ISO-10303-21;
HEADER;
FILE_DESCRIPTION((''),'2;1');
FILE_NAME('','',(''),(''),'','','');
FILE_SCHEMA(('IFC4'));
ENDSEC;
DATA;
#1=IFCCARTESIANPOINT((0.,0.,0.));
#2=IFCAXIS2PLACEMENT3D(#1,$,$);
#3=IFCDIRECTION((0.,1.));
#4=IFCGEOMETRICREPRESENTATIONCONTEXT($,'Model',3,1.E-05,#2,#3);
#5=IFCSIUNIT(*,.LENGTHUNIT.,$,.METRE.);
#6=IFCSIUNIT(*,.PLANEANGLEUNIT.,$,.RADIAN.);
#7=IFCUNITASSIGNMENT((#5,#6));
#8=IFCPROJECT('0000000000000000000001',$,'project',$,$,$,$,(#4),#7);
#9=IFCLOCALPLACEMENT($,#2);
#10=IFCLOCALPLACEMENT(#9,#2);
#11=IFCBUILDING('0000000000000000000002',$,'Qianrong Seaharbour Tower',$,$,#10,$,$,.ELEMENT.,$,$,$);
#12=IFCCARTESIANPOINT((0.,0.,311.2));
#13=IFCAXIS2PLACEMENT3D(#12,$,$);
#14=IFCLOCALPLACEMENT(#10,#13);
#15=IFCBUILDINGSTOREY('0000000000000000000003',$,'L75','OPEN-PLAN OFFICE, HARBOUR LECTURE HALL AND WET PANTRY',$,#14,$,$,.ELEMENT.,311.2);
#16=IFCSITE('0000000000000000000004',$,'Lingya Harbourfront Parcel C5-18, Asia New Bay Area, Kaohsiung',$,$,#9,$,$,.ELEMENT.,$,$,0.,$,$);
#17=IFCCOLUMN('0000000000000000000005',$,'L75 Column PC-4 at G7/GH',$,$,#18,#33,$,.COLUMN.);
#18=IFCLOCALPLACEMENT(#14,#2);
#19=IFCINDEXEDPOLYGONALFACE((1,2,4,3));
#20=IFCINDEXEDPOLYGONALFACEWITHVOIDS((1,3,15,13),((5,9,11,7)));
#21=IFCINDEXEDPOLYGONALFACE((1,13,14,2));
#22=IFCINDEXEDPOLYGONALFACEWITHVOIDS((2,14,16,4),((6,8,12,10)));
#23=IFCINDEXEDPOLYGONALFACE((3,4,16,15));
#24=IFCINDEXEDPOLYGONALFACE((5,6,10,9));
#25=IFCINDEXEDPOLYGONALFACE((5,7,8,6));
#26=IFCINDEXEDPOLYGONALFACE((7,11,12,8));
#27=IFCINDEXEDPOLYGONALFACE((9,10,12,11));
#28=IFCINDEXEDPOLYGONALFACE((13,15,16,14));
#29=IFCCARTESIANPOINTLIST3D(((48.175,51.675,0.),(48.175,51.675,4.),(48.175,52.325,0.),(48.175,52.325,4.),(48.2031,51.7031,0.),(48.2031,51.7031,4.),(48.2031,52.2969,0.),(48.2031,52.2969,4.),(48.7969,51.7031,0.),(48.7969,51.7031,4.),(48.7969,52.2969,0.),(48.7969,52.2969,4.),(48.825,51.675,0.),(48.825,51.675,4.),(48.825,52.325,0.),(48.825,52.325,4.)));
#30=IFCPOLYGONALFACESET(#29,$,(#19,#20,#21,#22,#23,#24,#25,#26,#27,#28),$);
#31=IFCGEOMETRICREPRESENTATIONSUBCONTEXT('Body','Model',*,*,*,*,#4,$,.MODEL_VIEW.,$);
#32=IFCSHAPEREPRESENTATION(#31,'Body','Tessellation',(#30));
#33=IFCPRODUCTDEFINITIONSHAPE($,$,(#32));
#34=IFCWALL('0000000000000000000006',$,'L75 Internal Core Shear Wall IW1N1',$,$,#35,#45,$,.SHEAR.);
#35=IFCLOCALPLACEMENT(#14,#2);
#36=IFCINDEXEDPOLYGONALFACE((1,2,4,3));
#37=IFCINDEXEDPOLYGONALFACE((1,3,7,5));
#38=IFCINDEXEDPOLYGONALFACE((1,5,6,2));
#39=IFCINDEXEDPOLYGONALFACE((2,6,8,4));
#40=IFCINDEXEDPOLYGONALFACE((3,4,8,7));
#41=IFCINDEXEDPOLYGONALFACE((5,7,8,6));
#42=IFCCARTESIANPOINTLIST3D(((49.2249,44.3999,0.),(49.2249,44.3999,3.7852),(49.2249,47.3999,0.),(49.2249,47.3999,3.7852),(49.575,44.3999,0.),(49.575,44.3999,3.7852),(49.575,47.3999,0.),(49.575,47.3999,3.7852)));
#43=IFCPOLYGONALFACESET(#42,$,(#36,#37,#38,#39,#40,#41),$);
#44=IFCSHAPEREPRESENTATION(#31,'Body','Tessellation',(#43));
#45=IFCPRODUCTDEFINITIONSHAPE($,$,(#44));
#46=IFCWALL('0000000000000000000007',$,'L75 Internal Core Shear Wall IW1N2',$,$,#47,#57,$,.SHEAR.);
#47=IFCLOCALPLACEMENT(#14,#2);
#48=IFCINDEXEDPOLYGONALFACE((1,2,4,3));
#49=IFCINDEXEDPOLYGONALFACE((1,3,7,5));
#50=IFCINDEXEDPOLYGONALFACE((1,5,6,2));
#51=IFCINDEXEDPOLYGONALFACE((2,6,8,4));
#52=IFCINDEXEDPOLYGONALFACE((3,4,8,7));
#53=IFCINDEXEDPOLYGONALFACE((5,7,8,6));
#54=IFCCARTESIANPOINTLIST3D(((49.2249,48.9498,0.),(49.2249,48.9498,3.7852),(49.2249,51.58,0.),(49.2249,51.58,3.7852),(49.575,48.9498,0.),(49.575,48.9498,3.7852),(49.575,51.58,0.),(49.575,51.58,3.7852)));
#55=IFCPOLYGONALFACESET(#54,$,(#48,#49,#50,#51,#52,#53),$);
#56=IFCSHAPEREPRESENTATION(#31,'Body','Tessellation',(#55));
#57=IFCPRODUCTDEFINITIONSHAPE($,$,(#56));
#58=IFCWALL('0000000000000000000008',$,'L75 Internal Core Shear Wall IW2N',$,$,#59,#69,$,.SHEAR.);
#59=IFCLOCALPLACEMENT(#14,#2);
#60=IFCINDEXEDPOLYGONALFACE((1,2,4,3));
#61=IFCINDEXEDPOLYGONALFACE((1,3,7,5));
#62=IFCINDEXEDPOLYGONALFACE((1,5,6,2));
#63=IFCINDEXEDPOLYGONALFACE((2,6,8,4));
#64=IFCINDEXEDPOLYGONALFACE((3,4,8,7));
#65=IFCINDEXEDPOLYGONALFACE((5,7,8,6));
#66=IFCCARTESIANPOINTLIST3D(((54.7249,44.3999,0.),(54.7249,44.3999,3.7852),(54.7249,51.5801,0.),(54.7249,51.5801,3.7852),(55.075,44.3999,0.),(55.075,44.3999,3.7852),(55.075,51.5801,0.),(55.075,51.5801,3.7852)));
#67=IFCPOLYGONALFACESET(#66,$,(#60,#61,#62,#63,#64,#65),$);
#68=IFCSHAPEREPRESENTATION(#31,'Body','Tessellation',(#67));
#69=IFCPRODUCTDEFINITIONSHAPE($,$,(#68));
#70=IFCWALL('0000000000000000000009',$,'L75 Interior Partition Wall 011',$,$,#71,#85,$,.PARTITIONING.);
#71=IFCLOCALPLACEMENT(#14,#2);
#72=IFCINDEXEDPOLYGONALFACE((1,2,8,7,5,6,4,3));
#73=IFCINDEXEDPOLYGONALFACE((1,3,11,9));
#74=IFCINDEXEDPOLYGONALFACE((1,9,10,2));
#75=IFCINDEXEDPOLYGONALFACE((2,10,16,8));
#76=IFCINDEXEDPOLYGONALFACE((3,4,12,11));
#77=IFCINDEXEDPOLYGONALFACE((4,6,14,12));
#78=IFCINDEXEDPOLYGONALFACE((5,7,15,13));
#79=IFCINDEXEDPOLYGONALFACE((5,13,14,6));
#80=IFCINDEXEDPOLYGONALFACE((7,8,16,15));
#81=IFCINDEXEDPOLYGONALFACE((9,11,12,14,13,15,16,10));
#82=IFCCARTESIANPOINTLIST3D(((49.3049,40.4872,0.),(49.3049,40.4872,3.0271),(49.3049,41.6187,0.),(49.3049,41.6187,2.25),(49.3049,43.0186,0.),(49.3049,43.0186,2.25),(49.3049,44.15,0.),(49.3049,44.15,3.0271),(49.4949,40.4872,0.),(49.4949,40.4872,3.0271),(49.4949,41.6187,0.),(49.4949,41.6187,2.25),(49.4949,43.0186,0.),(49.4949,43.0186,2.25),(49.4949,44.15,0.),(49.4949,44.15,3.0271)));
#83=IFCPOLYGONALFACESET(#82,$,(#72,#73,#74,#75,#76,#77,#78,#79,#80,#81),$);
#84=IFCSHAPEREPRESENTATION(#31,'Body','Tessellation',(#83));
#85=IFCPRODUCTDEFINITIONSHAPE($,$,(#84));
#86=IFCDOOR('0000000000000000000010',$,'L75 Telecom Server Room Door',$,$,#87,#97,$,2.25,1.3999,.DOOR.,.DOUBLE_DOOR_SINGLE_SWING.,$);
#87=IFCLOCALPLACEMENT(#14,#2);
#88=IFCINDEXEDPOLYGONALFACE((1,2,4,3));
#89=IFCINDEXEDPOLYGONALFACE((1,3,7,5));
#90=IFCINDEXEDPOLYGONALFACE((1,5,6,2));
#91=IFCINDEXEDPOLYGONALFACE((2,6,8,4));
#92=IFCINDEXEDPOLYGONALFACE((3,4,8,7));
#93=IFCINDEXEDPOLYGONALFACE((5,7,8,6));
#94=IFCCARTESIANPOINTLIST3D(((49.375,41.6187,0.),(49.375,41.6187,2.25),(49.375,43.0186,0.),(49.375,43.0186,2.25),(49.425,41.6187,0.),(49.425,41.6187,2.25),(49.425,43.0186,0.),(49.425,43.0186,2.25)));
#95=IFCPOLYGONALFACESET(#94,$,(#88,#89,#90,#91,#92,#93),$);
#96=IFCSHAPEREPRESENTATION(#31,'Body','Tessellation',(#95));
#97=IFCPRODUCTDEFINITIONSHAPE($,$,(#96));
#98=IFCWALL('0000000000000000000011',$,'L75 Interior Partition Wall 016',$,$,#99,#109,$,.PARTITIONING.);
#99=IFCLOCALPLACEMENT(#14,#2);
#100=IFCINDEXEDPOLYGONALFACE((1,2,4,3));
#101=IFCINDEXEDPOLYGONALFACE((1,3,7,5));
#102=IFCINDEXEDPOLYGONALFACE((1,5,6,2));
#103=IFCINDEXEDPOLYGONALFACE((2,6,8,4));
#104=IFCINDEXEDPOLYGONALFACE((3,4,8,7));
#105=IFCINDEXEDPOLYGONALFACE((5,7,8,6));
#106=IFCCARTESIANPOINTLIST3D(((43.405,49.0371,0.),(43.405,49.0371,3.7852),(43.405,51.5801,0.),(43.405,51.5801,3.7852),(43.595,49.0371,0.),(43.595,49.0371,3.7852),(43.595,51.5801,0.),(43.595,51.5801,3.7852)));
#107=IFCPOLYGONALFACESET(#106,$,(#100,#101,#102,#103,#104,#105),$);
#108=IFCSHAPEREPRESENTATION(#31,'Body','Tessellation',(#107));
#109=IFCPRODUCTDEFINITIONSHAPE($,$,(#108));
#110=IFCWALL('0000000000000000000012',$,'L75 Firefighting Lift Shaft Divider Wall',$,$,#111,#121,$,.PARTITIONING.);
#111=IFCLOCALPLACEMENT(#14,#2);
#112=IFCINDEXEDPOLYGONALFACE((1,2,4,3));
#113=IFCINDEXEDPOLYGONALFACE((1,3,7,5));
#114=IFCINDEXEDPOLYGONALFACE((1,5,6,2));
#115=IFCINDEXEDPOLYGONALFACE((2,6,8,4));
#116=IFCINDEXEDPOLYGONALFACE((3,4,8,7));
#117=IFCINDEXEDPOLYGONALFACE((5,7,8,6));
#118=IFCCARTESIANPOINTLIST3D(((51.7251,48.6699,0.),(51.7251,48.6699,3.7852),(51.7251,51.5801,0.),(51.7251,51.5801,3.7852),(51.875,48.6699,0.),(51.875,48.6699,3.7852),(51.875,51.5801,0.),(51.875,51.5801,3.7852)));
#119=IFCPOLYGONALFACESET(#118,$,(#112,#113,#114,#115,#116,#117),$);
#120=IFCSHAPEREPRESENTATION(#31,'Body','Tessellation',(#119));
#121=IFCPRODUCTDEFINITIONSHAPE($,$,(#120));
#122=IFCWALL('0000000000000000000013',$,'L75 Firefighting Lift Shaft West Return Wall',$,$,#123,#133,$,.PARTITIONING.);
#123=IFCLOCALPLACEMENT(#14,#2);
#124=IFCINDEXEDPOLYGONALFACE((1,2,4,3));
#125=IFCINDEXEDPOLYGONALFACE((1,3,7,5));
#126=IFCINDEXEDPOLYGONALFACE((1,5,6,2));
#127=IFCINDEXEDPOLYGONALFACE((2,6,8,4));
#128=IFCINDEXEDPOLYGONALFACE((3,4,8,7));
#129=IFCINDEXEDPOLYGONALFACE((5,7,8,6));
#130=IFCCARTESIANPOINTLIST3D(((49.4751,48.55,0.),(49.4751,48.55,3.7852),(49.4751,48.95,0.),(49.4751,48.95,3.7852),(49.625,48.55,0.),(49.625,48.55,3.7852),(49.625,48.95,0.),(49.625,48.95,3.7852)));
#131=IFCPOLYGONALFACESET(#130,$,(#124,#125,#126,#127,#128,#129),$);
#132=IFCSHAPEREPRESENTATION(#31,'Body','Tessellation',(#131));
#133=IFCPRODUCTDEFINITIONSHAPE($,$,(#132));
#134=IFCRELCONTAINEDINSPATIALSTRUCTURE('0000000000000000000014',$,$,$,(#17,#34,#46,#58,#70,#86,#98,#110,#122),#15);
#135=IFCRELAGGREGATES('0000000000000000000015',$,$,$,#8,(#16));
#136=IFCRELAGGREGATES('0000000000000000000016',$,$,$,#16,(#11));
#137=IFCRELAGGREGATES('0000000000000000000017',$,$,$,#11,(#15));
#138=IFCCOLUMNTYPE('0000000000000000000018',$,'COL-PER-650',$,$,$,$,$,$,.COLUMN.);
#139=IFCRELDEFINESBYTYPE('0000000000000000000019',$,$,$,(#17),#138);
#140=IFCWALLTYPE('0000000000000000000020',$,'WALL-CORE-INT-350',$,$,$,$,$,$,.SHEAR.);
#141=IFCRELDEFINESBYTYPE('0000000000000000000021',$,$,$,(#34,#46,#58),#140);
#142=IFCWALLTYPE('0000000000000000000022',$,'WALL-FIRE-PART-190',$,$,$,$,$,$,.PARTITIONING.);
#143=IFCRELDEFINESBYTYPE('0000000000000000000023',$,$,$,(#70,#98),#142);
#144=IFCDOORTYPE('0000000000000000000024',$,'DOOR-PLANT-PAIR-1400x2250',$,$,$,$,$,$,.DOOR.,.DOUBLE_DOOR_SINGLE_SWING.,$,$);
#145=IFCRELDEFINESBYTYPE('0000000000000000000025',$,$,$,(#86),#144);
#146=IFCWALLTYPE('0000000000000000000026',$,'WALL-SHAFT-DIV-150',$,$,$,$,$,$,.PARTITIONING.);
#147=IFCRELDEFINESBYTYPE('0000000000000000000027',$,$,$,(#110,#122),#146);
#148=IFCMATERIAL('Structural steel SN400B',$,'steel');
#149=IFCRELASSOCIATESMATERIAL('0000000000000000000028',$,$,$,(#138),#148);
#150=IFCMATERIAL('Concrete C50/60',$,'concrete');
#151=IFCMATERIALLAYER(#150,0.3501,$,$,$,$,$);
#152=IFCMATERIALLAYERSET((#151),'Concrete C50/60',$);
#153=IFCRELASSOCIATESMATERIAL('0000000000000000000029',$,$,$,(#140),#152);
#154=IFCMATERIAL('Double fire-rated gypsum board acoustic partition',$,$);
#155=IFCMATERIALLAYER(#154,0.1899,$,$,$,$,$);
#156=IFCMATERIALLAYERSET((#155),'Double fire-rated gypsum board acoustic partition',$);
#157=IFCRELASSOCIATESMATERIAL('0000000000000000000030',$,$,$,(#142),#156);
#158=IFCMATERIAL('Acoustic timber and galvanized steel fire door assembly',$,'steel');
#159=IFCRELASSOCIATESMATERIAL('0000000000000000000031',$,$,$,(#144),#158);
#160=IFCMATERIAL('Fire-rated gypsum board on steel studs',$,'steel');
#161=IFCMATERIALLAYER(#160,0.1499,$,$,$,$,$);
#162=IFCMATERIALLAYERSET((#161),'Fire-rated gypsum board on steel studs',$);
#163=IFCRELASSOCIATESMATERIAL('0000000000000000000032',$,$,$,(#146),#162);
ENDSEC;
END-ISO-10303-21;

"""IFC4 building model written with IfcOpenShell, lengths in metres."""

from ifc_helpers import new_model, si_unit, direction, frame, frame_2d, origin, origin_2d, place, context, subcontext, project, spatial, rectangle, hollow_rectangle, extrude, material, layer, layer_set, material_profile, profile_set, type_object, element, fill, save


model = new_model("IFC4")

# Units and contexts
model_context = context("Model", 3, precision=1e-05, world=origin(), true_north=direction((0.0, 1.0)))
body_context = subcontext(model_context, "Body", "Model", "MODEL_VIEW")
ifc_project = project(units=[si_unit("LENGTHUNIT", "METRE"), si_unit("PLANEANGLEUNIT", "RADIAN")], contexts=[model_context])

# Site, building, storey
site_placement = place(None, origin())
site = spatial("IfcSite", under=ifc_project, at=site_placement, Name="Lingya Harbourfront Parcel C5-18, Asia New Bay Area, Kaohsiung", CompositionType="ELEMENT", RefElevation=0.0)
building_placement = place(site_placement, origin())
building = spatial("IfcBuilding", under=site, at=building_placement, Name="Qianrong Seaharbour Tower", CompositionType="ELEMENT")
storey_placement = place(building_placement, frame((0.0, 0.0, 311.2)))
storey = spatial("IfcBuildingStorey", under=building, at=storey_placement, Name="L75", Description="OPEN-PLAN OFFICE, HARBOUR LECTURE HALL AND WET PANTRY", CompositionType="ELEMENT", Elevation=311.2)

# Column
ifc_material_1 = material(Name="Structural steel SN400B", Category="steel")
ifc_material_profile = material_profile(ifc_material_1, hollow_rectangle(XDim=0.6499, YDim=0.6499, WallThickness=0.0281, at=origin_2d()), Name="BOX650x650x28")
ifc_profile_set = profile_set([ifc_material_profile], Name="Structural steel SN400B")
column_type = type_object("IfcColumnType", Name="COL-PER-650", PredefinedType="COLUMN", material=ifc_profile_set)
column_placement = place(storey_placement, frame((48.5, 52.0, 0.0), z_axis=(0.0, 0.0, 1.0), x_axis=(1.0, 0.0, 0.0)))
element("IfcColumn", 1, at=column_placement, inside=storey, type_object=column_type, Name="L75 Column PC-4 at G7/GH", PredefinedType="COLUMN", context=body_context, shape_type="SweptSolid", body=[
    extrude(hollow_rectangle(XDim=0.6499, YDim=0.6499, WallThickness=0.0281, at=origin_2d()), origin(), (0.0, 0.0, 1.0), 4.0),
])

# Walls
ifc_material_2 = material(Name="Concrete C50/60", Category="concrete")
ifc_layer_1 = layer(ifc_material_2, 0.3501)
ifc_layer_set_1 = layer_set([ifc_layer_1], Name="Concrete C50/60")
wall_type_1 = type_object("IfcWallType", Name="WALL-CORE-INT-350", PredefinedType="SHEAR", material=ifc_layer_set_1)
wall_1_placement = place(storey_placement, frame((49.3999, 44.3999, 0.0), z_axis=(0.0, 0.0, 1.0), x_axis=(0.0, 1.0, 0.0)))
element("IfcWall", 2, at=wall_1_placement, inside=storey, type_object=wall_type_1, Name="L75 Internal Core Shear Wall IW1N1", PredefinedType="SHEAR", context=body_context, shape_type="SweptSolid", body=[
    extrude(rectangle(XDim=3.0, YDim=0.3501, at=frame_2d((1.5, 0.0))), origin(), (0.0, 0.0, 1.0), 3.7852),
])
wall_2_placement = place(storey_placement, frame((49.3999, 48.95, 0.0), z_axis=(0.0, 0.0, 1.0), x_axis=(0.0, 1.0, 0.0)))
element("IfcWall", 3, at=wall_2_placement, inside=storey, type_object=wall_type_1, Name="L75 Internal Core Shear Wall IW1N2", PredefinedType="SHEAR", context=body_context, shape_type="SweptSolid", body=[
    extrude(rectangle(XDim=2.6301, YDim=0.3501, at=frame_2d((1.3149, 0.0))), origin(), (0.0, 0.0, 1.0), 3.7852),
])
wall_3_placement = place(storey_placement, frame((54.8999, 44.3999, 0.0), z_axis=(0.0, 0.0, 1.0), x_axis=(0.0, 1.0, 0.0)))
element("IfcWall", 4, at=wall_3_placement, inside=storey, type_object=wall_type_1, Name="L75 Internal Core Shear Wall IW2N", PredefinedType="SHEAR", context=body_context, shape_type="SweptSolid", body=[
    extrude(rectangle(XDim=7.1802, YDim=0.3501, at=frame_2d((3.5901, 0.0))), origin(), (0.0, 0.0, 1.0), 3.7852),
])

# Wall, opening, door
ifc_material_3 = material(Name="Double fire-rated gypsum board acoustic partition")
ifc_layer_2 = layer(ifc_material_3, 0.1899)
ifc_layer_set_2 = layer_set([ifc_layer_2], Name="Double fire-rated gypsum board acoustic partition")
wall_type_2 = type_object("IfcWallType", Name="WALL-FIRE-PART-190", PredefinedType="PARTITIONING", material=ifc_layer_set_2)
ifc_material_4 = material(Name="Acoustic timber and galvanized steel fire door assembly", Category="steel")
wall_4_placement = place(storey_placement, frame((49.3999, 40.4871, 0.0), z_axis=(0.0, 0.0, 1.0), x_axis=(0.0, 1.0, 0.0)))
wall_4 = element("IfcWall", 5, at=wall_4_placement, inside=storey, type_object=wall_type_2, Name="L75 Interior Partition Wall 011", PredefinedType="PARTITIONING", context=body_context, shape_type="SweptSolid", body=[
    extrude(rectangle(XDim=3.6628, YDim=0.1899, at=frame_2d((1.8315, 0.0))), origin(), (0.0, 0.0, 1.0), 3.0271),
])
opening_1_placement = place(wall_4_placement, frame((1.1316, 0.0, 0.0)))
opening_1 = element("IfcOpeningElement", 6, at=opening_1_placement, cuts=wall_4, PredefinedType="OPENING", context=body_context, shape_type="SweptSolid", body=[
    extrude(rectangle(XDim=1.3999, YDim=2.25, at=frame_2d((0.7, 1.125))), frame((0.0, 0.105, 0.0), z_axis=(0.0, -1.0, 0.0), x_axis=(1.0, 0.0, 0.0)), (0.0, 0.0, 1.0), 0.21),
])
door_type_1 = type_object("IfcDoorType", Name="DOOR-PLANT-PAIR-1400x2250", OperationType="DOUBLE_DOOR_SINGLE_SWING", PredefinedType="DOOR", material=ifc_material_4)
door_1_placement = place(opening_1_placement, origin())
door_1 = element("IfcDoor", 7, at=door_1_placement, inside=storey, type_object=door_type_1, Name="L75 Telecom Server Room Door", OperationType="DOUBLE_DOOR_SINGLE_SWING", OverallHeight=2.25, OverallWidth=1.3999, PredefinedType="DOOR", context=body_context, shape_type="SweptSolid", body=[
    extrude(rectangle(XDim=1.3999, YDim=2.25, at=frame_2d((0.7, 1.125))), frame((0.0, 0.0249, 0.0), z_axis=(0.0, -1.0, 0.0), x_axis=(1.0, 0.0, 0.0)), (0.0, 0.0, 1.0), 0.05),
])
fill(opening_1, door_1)

# Walls
wall_5_placement = place(storey_placement, frame((43.5, 51.5801, 0.0), z_axis=(0.0, 0.0, 1.0), x_axis=(0.0, -1.0, 0.0)))
element("IfcWall", 8, at=wall_5_placement, inside=storey, type_object=wall_type_2, Name="L75 Interior Partition Wall 016", PredefinedType="PARTITIONING", context=body_context, shape_type="SweptSolid", body=[
    extrude(rectangle(XDim=2.543, YDim=0.1899, at=frame_2d((1.2715, 0.0))), origin(), (0.0, 0.0, 1.0), 3.7852),
])
ifc_material_5 = material(Name="Fire-rated gypsum board on steel studs", Category="steel")
ifc_layer_3 = layer(ifc_material_5, 0.1499)
ifc_layer_set_3 = layer_set([ifc_layer_3], Name="Fire-rated gypsum board on steel studs")
wall_type_3 = type_object("IfcWallType", Name="WALL-SHAFT-DIV-150", PredefinedType="PARTITIONING", material=ifc_layer_set_3)
wall_6_placement = place(storey_placement, frame((51.8, 48.6699, 0.0), z_axis=(0.0, 0.0, 1.0), x_axis=(0.0, 1.0, 0.0)))
element("IfcWall", 9, at=wall_6_placement, inside=storey, type_object=wall_type_3, Name="L75 Firefighting Lift Shaft Divider Wall", PredefinedType="PARTITIONING", context=body_context, shape_type="SweptSolid", body=[
    extrude(rectangle(XDim=2.9102, YDim=0.1499, at=frame_2d((1.4551, 0.0))), origin(), (0.0, 0.0, 1.0), 3.7852),
])
wall_7_placement = place(storey_placement, frame((49.55, 48.55, 0.0), z_axis=(0.0, 0.0, 1.0), x_axis=(0.0, 1.0, 0.0)))
element("IfcWall", 10, at=wall_7_placement, inside=storey, type_object=wall_type_3, Name="L75 Firefighting Lift Shaft West Return Wall", PredefinedType="PARTITIONING", context=body_context, shape_type="SweptSolid", body=[
    extrude(rectangle(XDim=0.3999, YDim=0.1499, at=frame_2d((0.2, 0.0))), origin(), (0.0, 0.0, 1.0), 3.7852),
])

save(model, "model.ifc")
